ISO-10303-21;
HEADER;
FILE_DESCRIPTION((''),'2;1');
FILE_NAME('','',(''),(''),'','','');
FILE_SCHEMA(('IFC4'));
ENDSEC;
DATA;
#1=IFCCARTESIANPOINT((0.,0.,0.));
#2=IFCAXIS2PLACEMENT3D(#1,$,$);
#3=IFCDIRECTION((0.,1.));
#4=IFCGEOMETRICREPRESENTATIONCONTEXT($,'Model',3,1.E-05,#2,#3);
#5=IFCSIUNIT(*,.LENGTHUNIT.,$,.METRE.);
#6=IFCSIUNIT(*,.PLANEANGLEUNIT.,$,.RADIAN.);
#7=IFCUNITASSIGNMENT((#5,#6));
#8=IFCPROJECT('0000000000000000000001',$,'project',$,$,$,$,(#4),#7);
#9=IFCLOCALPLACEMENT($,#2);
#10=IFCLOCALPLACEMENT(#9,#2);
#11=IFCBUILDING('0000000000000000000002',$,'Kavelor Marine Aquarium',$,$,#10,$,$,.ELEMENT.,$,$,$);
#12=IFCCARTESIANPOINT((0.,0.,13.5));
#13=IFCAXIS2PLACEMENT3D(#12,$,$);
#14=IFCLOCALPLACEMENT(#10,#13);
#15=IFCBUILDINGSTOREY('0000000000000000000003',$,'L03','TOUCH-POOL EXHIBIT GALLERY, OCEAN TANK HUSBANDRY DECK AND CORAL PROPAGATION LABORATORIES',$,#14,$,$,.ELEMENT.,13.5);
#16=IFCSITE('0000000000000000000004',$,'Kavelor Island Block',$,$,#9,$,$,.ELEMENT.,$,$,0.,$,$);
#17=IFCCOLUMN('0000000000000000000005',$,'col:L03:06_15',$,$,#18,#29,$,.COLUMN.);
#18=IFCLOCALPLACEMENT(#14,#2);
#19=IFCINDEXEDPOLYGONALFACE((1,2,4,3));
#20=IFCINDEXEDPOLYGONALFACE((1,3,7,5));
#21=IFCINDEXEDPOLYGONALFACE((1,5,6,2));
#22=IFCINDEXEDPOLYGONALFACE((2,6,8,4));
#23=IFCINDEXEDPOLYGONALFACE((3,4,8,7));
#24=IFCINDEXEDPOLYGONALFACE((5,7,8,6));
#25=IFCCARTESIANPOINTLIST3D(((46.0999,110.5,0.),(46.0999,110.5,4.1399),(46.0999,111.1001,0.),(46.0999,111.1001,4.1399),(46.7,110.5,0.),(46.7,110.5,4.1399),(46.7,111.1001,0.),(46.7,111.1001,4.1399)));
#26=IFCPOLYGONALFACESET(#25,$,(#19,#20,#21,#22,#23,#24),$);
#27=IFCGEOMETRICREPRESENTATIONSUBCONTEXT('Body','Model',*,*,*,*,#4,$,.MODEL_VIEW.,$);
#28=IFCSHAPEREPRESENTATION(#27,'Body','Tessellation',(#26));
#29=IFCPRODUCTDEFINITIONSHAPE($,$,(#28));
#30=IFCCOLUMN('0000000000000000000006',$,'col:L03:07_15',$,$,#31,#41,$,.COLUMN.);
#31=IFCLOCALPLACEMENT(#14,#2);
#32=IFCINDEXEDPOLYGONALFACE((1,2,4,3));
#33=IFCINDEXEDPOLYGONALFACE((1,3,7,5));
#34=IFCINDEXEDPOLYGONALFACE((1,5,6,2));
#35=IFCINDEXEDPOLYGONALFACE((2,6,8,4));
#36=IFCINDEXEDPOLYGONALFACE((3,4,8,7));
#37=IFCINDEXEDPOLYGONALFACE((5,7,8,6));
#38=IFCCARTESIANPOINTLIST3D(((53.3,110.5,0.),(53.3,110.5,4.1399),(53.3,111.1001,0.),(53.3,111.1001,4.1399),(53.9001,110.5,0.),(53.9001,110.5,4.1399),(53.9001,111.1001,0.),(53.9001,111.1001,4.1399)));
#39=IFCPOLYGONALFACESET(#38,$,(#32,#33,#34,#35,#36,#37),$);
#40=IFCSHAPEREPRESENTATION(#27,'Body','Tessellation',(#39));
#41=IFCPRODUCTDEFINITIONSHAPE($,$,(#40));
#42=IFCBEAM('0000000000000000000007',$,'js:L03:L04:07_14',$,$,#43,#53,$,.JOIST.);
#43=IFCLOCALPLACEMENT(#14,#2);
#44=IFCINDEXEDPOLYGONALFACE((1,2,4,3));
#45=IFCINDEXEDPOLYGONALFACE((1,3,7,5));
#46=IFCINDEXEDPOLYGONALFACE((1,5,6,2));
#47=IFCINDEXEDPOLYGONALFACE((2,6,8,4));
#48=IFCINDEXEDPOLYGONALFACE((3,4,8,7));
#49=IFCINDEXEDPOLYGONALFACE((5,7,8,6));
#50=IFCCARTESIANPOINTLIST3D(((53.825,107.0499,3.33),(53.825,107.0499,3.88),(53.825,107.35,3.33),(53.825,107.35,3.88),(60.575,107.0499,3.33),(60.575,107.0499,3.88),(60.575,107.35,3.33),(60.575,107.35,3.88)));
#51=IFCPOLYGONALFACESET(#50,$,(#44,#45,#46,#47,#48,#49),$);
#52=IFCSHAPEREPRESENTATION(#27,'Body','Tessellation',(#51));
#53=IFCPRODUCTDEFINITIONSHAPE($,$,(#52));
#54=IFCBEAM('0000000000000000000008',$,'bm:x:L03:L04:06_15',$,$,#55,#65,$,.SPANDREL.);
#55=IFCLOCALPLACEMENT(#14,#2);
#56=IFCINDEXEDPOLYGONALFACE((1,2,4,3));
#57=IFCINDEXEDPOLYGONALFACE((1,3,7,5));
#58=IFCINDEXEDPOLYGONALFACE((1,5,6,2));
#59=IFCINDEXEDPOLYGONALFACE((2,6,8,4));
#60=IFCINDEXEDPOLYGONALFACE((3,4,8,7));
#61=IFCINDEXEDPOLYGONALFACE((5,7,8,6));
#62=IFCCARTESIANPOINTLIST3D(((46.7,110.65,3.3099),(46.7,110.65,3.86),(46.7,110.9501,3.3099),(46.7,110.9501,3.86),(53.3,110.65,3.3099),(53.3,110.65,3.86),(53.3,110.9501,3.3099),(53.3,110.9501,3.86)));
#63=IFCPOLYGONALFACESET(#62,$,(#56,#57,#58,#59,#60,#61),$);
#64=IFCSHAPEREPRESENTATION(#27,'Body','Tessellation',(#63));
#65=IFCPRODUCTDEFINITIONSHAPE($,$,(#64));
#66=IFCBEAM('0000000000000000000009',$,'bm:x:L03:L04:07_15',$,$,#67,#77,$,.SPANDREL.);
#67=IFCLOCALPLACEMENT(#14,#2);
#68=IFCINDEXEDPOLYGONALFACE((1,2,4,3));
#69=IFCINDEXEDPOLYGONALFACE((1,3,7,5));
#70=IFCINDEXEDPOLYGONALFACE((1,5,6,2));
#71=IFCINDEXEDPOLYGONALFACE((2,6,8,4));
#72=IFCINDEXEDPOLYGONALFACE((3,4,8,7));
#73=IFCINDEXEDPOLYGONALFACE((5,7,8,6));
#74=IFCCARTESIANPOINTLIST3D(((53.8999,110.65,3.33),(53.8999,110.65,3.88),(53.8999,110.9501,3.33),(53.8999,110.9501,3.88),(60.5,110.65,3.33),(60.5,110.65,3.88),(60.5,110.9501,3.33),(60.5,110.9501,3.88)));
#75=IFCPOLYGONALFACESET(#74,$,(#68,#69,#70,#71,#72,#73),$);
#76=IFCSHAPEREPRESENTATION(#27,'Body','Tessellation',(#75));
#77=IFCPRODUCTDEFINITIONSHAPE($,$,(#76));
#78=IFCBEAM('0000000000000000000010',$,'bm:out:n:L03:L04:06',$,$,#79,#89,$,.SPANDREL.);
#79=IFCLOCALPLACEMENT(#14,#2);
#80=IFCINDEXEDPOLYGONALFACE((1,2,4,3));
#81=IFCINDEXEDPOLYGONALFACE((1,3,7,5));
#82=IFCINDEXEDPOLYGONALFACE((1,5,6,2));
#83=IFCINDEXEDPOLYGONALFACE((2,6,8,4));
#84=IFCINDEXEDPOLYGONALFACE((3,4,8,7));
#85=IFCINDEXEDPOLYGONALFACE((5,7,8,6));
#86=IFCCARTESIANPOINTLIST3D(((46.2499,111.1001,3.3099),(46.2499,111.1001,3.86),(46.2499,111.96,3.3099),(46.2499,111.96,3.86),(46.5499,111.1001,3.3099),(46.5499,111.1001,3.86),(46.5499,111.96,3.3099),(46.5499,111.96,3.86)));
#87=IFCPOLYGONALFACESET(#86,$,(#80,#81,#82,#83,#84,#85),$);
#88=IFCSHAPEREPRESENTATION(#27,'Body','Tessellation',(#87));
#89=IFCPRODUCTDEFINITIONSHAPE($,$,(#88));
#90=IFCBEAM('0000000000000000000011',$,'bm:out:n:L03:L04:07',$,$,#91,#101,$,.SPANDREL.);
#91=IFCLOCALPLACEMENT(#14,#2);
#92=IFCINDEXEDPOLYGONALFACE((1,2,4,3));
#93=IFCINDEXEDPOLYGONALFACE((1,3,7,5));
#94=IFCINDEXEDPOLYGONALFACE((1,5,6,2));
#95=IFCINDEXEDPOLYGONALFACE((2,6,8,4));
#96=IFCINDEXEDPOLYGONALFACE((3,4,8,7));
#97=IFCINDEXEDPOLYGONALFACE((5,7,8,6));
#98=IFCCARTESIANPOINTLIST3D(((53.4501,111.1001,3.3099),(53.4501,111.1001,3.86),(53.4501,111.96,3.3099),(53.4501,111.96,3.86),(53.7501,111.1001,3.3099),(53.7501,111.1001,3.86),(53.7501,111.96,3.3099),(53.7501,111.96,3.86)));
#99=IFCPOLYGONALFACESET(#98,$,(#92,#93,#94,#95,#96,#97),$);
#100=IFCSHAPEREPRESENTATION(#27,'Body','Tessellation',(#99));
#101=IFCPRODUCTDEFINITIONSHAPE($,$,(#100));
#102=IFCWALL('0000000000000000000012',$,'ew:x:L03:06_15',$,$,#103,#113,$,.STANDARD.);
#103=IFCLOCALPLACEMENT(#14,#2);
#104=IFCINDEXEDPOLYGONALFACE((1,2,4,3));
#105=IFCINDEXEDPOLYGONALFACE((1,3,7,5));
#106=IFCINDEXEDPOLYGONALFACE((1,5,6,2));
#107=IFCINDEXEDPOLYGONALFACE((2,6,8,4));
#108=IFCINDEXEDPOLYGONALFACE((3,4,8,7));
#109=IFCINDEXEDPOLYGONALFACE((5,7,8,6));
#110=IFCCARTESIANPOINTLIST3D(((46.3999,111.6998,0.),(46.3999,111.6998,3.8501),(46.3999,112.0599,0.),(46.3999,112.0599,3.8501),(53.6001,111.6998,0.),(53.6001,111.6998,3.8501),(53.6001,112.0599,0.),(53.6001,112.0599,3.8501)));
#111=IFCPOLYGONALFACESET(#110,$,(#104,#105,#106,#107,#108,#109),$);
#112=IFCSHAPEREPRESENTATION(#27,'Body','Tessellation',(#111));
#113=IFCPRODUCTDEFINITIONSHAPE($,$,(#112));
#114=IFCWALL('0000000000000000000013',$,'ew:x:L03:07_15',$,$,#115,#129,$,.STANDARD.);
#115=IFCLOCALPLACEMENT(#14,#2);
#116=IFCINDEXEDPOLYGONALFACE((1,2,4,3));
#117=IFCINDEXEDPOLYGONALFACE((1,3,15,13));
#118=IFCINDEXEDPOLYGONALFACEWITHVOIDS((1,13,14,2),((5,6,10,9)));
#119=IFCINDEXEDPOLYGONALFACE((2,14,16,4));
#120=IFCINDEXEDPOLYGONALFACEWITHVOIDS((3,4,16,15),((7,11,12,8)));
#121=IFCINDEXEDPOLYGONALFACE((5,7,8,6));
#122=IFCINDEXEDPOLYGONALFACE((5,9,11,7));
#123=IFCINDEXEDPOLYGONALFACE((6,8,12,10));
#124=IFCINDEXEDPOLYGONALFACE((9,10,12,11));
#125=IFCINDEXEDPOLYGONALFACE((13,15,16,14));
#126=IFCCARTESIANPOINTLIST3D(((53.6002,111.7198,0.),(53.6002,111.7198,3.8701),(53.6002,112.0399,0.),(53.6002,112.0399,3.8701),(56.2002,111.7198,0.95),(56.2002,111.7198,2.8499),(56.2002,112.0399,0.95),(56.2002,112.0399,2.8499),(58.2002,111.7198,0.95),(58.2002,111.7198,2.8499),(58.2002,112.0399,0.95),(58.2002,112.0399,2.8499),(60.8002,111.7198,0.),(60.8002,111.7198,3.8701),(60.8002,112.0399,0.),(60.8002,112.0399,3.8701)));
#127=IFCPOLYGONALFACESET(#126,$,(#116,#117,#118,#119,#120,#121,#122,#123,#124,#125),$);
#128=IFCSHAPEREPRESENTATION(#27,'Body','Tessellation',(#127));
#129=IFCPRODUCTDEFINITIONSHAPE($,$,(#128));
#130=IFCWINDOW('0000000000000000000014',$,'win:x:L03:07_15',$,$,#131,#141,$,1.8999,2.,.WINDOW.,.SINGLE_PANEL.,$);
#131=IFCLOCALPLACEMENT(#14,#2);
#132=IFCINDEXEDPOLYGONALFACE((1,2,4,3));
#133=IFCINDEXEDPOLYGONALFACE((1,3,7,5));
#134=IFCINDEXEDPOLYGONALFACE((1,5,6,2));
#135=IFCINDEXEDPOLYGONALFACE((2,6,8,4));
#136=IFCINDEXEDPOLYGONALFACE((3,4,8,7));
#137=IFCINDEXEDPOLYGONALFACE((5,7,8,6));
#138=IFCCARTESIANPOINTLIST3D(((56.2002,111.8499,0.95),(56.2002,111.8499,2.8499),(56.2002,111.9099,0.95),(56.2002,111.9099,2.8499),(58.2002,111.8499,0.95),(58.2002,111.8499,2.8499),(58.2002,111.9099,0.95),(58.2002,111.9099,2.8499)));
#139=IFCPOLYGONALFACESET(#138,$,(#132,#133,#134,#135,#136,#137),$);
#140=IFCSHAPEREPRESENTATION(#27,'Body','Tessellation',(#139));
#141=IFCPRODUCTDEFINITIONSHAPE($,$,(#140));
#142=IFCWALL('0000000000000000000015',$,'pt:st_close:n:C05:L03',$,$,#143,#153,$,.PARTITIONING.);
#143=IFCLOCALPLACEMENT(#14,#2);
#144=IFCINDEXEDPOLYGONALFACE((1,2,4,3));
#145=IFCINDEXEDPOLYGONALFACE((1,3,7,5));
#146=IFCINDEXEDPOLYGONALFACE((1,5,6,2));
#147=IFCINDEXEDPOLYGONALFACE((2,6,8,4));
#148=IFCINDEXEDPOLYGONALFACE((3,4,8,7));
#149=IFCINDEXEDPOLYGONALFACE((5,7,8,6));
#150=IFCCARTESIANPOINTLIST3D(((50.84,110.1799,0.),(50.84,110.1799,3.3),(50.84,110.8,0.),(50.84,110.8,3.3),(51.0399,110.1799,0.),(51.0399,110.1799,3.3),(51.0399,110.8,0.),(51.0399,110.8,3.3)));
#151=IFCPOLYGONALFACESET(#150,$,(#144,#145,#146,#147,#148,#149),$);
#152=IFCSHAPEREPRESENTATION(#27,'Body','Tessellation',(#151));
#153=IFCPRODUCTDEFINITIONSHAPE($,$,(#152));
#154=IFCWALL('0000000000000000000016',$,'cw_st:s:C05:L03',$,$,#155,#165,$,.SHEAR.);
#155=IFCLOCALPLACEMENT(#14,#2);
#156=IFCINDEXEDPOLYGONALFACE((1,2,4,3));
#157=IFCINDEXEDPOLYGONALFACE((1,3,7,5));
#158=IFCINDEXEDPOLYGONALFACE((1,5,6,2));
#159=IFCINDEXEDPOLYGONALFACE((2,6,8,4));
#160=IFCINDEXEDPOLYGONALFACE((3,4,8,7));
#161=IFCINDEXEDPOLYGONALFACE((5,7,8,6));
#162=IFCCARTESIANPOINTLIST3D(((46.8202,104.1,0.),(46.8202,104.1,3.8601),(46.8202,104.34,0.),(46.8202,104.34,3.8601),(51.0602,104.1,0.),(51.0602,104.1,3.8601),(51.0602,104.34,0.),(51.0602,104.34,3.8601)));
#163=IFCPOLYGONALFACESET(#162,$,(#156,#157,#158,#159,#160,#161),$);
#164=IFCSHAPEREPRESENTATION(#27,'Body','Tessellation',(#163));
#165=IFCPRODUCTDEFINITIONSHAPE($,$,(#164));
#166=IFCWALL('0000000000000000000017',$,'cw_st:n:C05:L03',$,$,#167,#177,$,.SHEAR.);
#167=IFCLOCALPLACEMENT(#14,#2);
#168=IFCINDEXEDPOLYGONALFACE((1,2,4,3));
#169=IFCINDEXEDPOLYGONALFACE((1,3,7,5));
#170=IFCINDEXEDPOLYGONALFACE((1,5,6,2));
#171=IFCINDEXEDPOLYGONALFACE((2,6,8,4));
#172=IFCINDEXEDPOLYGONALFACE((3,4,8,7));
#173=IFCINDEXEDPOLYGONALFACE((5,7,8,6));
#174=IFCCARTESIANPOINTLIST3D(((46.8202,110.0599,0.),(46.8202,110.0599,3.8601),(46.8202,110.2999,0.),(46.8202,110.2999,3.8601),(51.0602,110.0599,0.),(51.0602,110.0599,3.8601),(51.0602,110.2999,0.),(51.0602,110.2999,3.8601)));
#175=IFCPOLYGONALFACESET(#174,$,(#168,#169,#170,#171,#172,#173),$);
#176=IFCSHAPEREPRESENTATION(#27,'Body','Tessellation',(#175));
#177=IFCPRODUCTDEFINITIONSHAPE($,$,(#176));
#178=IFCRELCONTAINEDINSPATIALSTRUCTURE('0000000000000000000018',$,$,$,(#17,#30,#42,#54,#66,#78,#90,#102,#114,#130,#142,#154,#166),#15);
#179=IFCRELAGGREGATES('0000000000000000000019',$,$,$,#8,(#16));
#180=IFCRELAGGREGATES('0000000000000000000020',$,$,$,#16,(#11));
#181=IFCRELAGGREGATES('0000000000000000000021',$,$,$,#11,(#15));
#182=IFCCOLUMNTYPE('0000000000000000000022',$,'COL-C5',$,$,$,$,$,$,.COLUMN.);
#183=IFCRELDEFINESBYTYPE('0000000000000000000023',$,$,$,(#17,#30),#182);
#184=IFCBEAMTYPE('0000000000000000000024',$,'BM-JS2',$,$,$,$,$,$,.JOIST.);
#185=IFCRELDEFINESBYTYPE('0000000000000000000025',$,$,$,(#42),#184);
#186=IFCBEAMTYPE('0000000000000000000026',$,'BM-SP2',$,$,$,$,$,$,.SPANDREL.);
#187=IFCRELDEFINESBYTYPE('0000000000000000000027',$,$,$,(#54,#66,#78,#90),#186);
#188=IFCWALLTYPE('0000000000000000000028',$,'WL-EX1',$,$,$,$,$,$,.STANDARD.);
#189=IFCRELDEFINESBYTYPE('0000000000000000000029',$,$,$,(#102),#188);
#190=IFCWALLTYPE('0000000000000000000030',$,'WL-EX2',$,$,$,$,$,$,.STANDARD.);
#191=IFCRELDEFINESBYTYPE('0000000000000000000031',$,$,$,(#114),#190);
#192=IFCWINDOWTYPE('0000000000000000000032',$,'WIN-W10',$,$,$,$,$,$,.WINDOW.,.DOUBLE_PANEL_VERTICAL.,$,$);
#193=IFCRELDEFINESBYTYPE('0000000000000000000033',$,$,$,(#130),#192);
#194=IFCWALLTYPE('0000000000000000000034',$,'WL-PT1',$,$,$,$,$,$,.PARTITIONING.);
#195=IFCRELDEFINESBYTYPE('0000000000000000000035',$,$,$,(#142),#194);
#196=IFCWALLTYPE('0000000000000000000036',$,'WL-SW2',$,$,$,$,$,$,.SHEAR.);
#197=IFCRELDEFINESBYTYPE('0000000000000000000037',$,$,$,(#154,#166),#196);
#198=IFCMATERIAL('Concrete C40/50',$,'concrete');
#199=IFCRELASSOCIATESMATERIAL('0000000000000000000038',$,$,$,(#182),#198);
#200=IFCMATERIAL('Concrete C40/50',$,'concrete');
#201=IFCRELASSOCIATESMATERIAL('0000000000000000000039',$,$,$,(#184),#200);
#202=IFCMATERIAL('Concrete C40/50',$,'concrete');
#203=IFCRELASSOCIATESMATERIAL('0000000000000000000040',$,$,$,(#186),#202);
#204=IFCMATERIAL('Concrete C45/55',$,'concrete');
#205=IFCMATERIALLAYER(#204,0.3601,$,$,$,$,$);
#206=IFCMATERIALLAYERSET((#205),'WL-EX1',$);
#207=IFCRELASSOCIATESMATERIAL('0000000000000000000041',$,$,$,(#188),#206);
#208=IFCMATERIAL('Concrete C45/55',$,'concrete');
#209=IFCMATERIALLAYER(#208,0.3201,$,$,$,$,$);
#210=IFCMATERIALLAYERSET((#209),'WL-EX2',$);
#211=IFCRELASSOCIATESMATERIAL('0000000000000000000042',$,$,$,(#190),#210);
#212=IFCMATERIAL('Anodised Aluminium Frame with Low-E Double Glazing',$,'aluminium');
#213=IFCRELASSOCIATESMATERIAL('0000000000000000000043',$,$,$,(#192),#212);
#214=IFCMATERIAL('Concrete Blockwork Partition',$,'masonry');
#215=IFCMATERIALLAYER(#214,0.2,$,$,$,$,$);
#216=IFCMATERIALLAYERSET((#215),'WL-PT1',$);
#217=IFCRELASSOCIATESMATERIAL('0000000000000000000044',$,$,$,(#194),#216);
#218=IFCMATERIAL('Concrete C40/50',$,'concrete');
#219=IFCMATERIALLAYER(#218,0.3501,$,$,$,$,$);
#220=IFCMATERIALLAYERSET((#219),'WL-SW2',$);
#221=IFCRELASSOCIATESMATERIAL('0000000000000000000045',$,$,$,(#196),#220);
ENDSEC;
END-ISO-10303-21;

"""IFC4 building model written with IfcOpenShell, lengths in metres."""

from ifc_helpers import new_model, si_unit, direction, frame, frame_2d, origin, origin_2d, place, context, subcontext, project, spatial, rectangle, extrude, material, layer, layer_set, material_profile, profile_set, type_object, element, fill, save


model = new_model("IFC4")

# Units and contexts
model_context = context("Model", 3, precision=1e-05, world=origin(), true_north=direction((0.0, 1.0)))
body_context = subcontext(model_context, "Body", "Model", "MODEL_VIEW")
ifc_project = project(units=[si_unit("LENGTHUNIT", "METRE"), si_unit("PLANEANGLEUNIT", "RADIAN")], contexts=[model_context])

# Site, building, storey
site_placement = place(None, origin())
site = spatial("IfcSite", under=ifc_project, at=site_placement, Name="Kavelor Island Block", CompositionType="ELEMENT", RefElevation=0.0)
building_placement = place(site_placement, origin())
building = spatial("IfcBuilding", under=site, at=building_placement, Name="Kavelor Marine Aquarium", CompositionType="ELEMENT")
storey_placement = place(building_placement, frame((0.0, 0.0, 13.5)))
storey = spatial("IfcBuildingStorey", under=building, at=storey_placement, Name="L03", Description="TOUCH-POOL EXHIBIT GALLERY, OCEAN TANK HUSBANDRY DECK AND CORAL PROPAGATION LABORATORIES", CompositionType="ELEMENT", Elevation=13.5)

# Columns
ifc_material_1 = material(Name="Concrete C40/50", Category="concrete")
ifc_material_profile_1 = material_profile(ifc_material_1, rectangle(XDim=0.6001, YDim=0.6001, at=origin_2d()), Name="RC-COL 600x600")
ifc_profile_set_1 = profile_set([ifc_material_profile_1], Name="Concrete C40/50")
column_type = type_object("IfcColumnType", Name="COL-C5", PredefinedType="COLUMN", material=ifc_profile_set_1)
for number, where, z_axis, x_axis, name in (
    (1, (46.3999, 110.8, 0.0), (0.0, 0.0, 1.0), (1.0, 0.0, 0.0), "col:L03:06_15"),
    (2, (53.6001, 110.8, 0.0), (0.0, 0.0, 1.0), (1.0, 0.0, 0.0), "col:L03:07_15"),
):
    element("IfcColumn", number, at=place(storey_placement, frame(where, z_axis=z_axis, x_axis=x_axis)), inside=storey, type_object=column_type, Name=name, PredefinedType="COLUMN", context=body_context, shape_type="SweptSolid", body=[
        extrude(rectangle(XDim=0.6001, YDim=0.6001, at=origin_2d()), origin(), (0.0, 0.0, 1.0), 4.1399),
    ])

# Beams
ifc_material_2 = material(Name="Concrete C40/50", Category="concrete")
ifc_material_profile_2 = material_profile(ifc_material_2, rectangle(XDim=0.3, YDim=0.55, at=origin_2d()), Name="RC-JS 300x550")
ifc_profile_set_2 = profile_set([ifc_material_profile_2], Name="Concrete C40/50")
beam_type_1 = type_object("IfcBeamType", Name="BM-JS2", PredefinedType="JOIST", material=ifc_profile_set_2)
beam_placement = place(storey_placement, frame((53.825, 107.2, 3.605), z_axis=(1.0, 0.0, 0.0), x_axis=(0.0, 1.0, 0.0)))
element("IfcBeam", 3, at=beam_placement, inside=storey, type_object=beam_type_1, Name="js:L03:L04:07_14", PredefinedType="JOIST", context=body_context, shape_type="SweptSolid", body=[
    extrude(rectangle(XDim=0.3, YDim=0.55, at=origin_2d()), origin(), (0.0, 0.0, 1.0), 6.75),
])
ifc_material_3 = material(Name="Concrete C40/50", Category="concrete")
ifc_material_profile_3 = material_profile(ifc_material_3, rectangle(XDim=0.3, YDim=0.55, at=origin_2d()), Name="RC-SP 300x550")
ifc_profile_set_3 = profile_set([ifc_material_profile_3], Name="Concrete C40/50")
beam_type_2 = type_object("IfcBeamType", Name="BM-SP2", PredefinedType="SPANDREL", material=ifc_profile_set_3)
for number, where, z_axis, x_axis, name in (
    (4, (46.7, 110.8, 3.585), (1.0, 0.0, 0.0), (0.0, 1.0, 0.0), "bm:x:L03:L04:06_15"),
    (5, (53.8999, 110.8, 3.605), (1.0, 0.0, 0.0), (0.0, 1.0, 0.0), "bm:x:L03:L04:07_15"),
):
    element("IfcBeam", number, at=place(storey_placement, frame(where, z_axis=z_axis, x_axis=x_axis)), inside=storey, type_object=beam_type_2, Name=name, PredefinedType="SPANDREL", context=body_context, shape_type="SweptSolid", body=[
        extrude(rectangle(XDim=0.3, YDim=0.55, at=origin_2d()), origin(), (0.0, 0.0, 1.0), 6.6001),
    ])
for number, where, z_axis, x_axis, name in (
    (6, (46.3999, 111.1001, 3.585), (0.0, 1.0, 0.0), (-1.0, 0.0, 0.0), "bm:out:n:L03:L04:06"),
    (7, (53.6001, 111.1001, 3.585), (0.0, 1.0, 0.0), (-1.0, 0.0, 0.0), "bm:out:n:L03:L04:07"),
):
    element("IfcBeam", number, at=place(storey_placement, frame(where, z_axis=z_axis, x_axis=x_axis)), inside=storey, type_object=beam_type_2, Name=name, PredefinedType="SPANDREL", context=body_context, shape_type="SweptSolid", body=[
        extrude(rectangle(XDim=0.3, YDim=0.55, at=origin_2d()), origin(), (0.0, 0.0, 1.0), 0.8599),
    ])

# Wall
ifc_material_4 = material(Name="Concrete C45/55", Category="concrete")
ifc_layer_1 = layer(ifc_material_4, 0.3601)
ifc_layer_set_1 = layer_set([ifc_layer_1], Name="WL-EX1")
wall_type_1 = type_object("IfcWallType", Name="WL-EX1", PredefinedType="STANDARD", material=ifc_layer_set_1)
wall_1_placement = place(storey_placement, frame((46.3999, 111.8799, 0.0), z_axis=(0.0, 0.0, 1.0), x_axis=(1.0, 0.0, 0.0)))
element("IfcWall", 8, at=wall_1_placement, inside=storey, type_object=wall_type_1, Name="ew:x:L03:06_15", PredefinedType="STANDARD", context=body_context, shape_type="SweptSolid", body=[
    extrude(rectangle(XDim=7.2002, YDim=0.3601, at=frame_2d((3.6001, 0.0))), origin(), (0.0, 0.0, 1.0), 3.8501),
])

# Wall, opening, window
ifc_material_5 = material(Name="Concrete C45/55", Category="concrete")
ifc_layer_2 = layer(ifc_material_5, 0.3201)
ifc_layer_set_2 = layer_set([ifc_layer_2], Name="WL-EX2")
wall_type_2 = type_object("IfcWallType", Name="WL-EX2", PredefinedType="STANDARD", material=ifc_layer_set_2)
wall_2_placement = place(storey_placement, frame((53.6001, 111.8799, 0.0), z_axis=(0.0, 0.0, 1.0), x_axis=(1.0, 0.0, 0.0)))
wall_2 = element("IfcWall", 9, at=wall_2_placement, inside=storey, type_object=wall_type_2, Name="ew:x:L03:07_15", PredefinedType="STANDARD", context=body_context, shape_type="SweptSolid", body=[
    extrude(rectangle(XDim=7.2, YDim=0.3201, at=frame_2d((3.6001, 0.0))), origin(), (0.0, 0.0, 1.0), 3.8701),
])
opening_1_placement = place(wall_2_placement, frame((2.6001, 0.0, 0.95)))
opening_1 = element("IfcOpeningElement", 10, at=opening_1_placement, cuts=wall_2, PredefinedType="OPENING", context=body_context, shape_type="SweptSolid", body=[
    extrude(rectangle(XDim=2.0, YDim=1.8999, at=frame_2d((1.0, 0.95))), frame((0.0, 0.1699, 0.0), z_axis=(0.0, -1.0, 0.0), x_axis=(1.0, 0.0, 0.0)), (0.0, 0.0, 1.0), 0.3401),
])
ifc_material_6 = material(Name="Anodised Aluminium Frame with Low-E Double Glazing", Category="aluminium")
window_type = type_object("IfcWindowType", Name="WIN-W10", PartitioningType="DOUBLE_PANEL_VERTICAL", PredefinedType="WINDOW", material=ifc_material_6)
window_placement = place(opening_1_placement, origin())
window = element("IfcWindow", 11, at=window_placement, inside=storey, type_object=window_type, Name="win:x:L03:07_15", OverallHeight=1.8999, OverallWidth=2.0, PartitioningType="SINGLE_PANEL", PredefinedType="WINDOW", context=body_context, shape_type="SweptSolid", body=[
    extrude(rectangle(XDim=2.0, YDim=1.8999, at=frame_2d((1.0, 0.95))), frame((0.0, 0.03, 0.0), z_axis=(0.0, -1.0, 0.0), x_axis=(1.0, 0.0, 0.0)), (0.0, 0.0, 1.0), 0.0601),
])
fill(opening_1, window)

# Walls
ifc_material_7 = material(Name="Concrete Blockwork Partition", Category="masonry")
ifc_layer_3 = layer(ifc_material_7, 0.2)
ifc_layer_set_3 = layer_set([ifc_layer_3], Name="WL-PT1")
wall_type_3 = type_object("IfcWallType", Name="WL-PT1", PredefinedType="PARTITIONING", material=ifc_layer_set_3)
wall_3_placement = place(storey_placement, frame((50.9399, 110.1799, 0.0), z_axis=(0.0, 0.0, 1.0), x_axis=(0.0, 1.0, 0.0)))
element("IfcWall", 12, at=wall_3_placement, inside=storey, type_object=wall_type_3, Name="pt:st_close:n:C05:L03", PredefinedType="PARTITIONING", context=body_context, shape_type="SweptSolid", body=[
    extrude(rectangle(XDim=0.6201, YDim=0.2, at=frame_2d((0.3101, 0.0))), origin(), (0.0, 0.0, 1.0), 3.3),
])
ifc_material_8 = material(Name="Concrete C40/50", Category="concrete")
ifc_layer_4 = layer(ifc_material_8, 0.3501)
ifc_layer_set_4 = layer_set([ifc_layer_4], Name="WL-SW2")
wall_type_4 = type_object("IfcWallType", Name="WL-SW2", PredefinedType="SHEAR", material=ifc_layer_set_4)
for number, where, z_axis, x_axis, name in (
    (13, (46.8201, 104.22, 0.0), (0.0, 0.0, 1.0), (1.0, 0.0, 0.0), "cw_st:s:C05:L03"),
    (14, (46.8201, 110.1799, 0.0), (0.0, 0.0, 1.0), (1.0, 0.0, 0.0), "cw_st:n:C05:L03"),
):
    element("IfcWall", number, at=place(storey_placement, frame(where, z_axis=z_axis, x_axis=x_axis)), inside=storey, type_object=wall_type_4, Name=name, PredefinedType="SHEAR", context=body_context, shape_type="SweptSolid", body=[
        extrude(rectangle(XDim=4.24, YDim=0.24, at=frame_2d((2.1201, 0.0))), origin(), (0.0, 0.0, 1.0), 3.8601),
    ])

save(model, "model.ifc")
